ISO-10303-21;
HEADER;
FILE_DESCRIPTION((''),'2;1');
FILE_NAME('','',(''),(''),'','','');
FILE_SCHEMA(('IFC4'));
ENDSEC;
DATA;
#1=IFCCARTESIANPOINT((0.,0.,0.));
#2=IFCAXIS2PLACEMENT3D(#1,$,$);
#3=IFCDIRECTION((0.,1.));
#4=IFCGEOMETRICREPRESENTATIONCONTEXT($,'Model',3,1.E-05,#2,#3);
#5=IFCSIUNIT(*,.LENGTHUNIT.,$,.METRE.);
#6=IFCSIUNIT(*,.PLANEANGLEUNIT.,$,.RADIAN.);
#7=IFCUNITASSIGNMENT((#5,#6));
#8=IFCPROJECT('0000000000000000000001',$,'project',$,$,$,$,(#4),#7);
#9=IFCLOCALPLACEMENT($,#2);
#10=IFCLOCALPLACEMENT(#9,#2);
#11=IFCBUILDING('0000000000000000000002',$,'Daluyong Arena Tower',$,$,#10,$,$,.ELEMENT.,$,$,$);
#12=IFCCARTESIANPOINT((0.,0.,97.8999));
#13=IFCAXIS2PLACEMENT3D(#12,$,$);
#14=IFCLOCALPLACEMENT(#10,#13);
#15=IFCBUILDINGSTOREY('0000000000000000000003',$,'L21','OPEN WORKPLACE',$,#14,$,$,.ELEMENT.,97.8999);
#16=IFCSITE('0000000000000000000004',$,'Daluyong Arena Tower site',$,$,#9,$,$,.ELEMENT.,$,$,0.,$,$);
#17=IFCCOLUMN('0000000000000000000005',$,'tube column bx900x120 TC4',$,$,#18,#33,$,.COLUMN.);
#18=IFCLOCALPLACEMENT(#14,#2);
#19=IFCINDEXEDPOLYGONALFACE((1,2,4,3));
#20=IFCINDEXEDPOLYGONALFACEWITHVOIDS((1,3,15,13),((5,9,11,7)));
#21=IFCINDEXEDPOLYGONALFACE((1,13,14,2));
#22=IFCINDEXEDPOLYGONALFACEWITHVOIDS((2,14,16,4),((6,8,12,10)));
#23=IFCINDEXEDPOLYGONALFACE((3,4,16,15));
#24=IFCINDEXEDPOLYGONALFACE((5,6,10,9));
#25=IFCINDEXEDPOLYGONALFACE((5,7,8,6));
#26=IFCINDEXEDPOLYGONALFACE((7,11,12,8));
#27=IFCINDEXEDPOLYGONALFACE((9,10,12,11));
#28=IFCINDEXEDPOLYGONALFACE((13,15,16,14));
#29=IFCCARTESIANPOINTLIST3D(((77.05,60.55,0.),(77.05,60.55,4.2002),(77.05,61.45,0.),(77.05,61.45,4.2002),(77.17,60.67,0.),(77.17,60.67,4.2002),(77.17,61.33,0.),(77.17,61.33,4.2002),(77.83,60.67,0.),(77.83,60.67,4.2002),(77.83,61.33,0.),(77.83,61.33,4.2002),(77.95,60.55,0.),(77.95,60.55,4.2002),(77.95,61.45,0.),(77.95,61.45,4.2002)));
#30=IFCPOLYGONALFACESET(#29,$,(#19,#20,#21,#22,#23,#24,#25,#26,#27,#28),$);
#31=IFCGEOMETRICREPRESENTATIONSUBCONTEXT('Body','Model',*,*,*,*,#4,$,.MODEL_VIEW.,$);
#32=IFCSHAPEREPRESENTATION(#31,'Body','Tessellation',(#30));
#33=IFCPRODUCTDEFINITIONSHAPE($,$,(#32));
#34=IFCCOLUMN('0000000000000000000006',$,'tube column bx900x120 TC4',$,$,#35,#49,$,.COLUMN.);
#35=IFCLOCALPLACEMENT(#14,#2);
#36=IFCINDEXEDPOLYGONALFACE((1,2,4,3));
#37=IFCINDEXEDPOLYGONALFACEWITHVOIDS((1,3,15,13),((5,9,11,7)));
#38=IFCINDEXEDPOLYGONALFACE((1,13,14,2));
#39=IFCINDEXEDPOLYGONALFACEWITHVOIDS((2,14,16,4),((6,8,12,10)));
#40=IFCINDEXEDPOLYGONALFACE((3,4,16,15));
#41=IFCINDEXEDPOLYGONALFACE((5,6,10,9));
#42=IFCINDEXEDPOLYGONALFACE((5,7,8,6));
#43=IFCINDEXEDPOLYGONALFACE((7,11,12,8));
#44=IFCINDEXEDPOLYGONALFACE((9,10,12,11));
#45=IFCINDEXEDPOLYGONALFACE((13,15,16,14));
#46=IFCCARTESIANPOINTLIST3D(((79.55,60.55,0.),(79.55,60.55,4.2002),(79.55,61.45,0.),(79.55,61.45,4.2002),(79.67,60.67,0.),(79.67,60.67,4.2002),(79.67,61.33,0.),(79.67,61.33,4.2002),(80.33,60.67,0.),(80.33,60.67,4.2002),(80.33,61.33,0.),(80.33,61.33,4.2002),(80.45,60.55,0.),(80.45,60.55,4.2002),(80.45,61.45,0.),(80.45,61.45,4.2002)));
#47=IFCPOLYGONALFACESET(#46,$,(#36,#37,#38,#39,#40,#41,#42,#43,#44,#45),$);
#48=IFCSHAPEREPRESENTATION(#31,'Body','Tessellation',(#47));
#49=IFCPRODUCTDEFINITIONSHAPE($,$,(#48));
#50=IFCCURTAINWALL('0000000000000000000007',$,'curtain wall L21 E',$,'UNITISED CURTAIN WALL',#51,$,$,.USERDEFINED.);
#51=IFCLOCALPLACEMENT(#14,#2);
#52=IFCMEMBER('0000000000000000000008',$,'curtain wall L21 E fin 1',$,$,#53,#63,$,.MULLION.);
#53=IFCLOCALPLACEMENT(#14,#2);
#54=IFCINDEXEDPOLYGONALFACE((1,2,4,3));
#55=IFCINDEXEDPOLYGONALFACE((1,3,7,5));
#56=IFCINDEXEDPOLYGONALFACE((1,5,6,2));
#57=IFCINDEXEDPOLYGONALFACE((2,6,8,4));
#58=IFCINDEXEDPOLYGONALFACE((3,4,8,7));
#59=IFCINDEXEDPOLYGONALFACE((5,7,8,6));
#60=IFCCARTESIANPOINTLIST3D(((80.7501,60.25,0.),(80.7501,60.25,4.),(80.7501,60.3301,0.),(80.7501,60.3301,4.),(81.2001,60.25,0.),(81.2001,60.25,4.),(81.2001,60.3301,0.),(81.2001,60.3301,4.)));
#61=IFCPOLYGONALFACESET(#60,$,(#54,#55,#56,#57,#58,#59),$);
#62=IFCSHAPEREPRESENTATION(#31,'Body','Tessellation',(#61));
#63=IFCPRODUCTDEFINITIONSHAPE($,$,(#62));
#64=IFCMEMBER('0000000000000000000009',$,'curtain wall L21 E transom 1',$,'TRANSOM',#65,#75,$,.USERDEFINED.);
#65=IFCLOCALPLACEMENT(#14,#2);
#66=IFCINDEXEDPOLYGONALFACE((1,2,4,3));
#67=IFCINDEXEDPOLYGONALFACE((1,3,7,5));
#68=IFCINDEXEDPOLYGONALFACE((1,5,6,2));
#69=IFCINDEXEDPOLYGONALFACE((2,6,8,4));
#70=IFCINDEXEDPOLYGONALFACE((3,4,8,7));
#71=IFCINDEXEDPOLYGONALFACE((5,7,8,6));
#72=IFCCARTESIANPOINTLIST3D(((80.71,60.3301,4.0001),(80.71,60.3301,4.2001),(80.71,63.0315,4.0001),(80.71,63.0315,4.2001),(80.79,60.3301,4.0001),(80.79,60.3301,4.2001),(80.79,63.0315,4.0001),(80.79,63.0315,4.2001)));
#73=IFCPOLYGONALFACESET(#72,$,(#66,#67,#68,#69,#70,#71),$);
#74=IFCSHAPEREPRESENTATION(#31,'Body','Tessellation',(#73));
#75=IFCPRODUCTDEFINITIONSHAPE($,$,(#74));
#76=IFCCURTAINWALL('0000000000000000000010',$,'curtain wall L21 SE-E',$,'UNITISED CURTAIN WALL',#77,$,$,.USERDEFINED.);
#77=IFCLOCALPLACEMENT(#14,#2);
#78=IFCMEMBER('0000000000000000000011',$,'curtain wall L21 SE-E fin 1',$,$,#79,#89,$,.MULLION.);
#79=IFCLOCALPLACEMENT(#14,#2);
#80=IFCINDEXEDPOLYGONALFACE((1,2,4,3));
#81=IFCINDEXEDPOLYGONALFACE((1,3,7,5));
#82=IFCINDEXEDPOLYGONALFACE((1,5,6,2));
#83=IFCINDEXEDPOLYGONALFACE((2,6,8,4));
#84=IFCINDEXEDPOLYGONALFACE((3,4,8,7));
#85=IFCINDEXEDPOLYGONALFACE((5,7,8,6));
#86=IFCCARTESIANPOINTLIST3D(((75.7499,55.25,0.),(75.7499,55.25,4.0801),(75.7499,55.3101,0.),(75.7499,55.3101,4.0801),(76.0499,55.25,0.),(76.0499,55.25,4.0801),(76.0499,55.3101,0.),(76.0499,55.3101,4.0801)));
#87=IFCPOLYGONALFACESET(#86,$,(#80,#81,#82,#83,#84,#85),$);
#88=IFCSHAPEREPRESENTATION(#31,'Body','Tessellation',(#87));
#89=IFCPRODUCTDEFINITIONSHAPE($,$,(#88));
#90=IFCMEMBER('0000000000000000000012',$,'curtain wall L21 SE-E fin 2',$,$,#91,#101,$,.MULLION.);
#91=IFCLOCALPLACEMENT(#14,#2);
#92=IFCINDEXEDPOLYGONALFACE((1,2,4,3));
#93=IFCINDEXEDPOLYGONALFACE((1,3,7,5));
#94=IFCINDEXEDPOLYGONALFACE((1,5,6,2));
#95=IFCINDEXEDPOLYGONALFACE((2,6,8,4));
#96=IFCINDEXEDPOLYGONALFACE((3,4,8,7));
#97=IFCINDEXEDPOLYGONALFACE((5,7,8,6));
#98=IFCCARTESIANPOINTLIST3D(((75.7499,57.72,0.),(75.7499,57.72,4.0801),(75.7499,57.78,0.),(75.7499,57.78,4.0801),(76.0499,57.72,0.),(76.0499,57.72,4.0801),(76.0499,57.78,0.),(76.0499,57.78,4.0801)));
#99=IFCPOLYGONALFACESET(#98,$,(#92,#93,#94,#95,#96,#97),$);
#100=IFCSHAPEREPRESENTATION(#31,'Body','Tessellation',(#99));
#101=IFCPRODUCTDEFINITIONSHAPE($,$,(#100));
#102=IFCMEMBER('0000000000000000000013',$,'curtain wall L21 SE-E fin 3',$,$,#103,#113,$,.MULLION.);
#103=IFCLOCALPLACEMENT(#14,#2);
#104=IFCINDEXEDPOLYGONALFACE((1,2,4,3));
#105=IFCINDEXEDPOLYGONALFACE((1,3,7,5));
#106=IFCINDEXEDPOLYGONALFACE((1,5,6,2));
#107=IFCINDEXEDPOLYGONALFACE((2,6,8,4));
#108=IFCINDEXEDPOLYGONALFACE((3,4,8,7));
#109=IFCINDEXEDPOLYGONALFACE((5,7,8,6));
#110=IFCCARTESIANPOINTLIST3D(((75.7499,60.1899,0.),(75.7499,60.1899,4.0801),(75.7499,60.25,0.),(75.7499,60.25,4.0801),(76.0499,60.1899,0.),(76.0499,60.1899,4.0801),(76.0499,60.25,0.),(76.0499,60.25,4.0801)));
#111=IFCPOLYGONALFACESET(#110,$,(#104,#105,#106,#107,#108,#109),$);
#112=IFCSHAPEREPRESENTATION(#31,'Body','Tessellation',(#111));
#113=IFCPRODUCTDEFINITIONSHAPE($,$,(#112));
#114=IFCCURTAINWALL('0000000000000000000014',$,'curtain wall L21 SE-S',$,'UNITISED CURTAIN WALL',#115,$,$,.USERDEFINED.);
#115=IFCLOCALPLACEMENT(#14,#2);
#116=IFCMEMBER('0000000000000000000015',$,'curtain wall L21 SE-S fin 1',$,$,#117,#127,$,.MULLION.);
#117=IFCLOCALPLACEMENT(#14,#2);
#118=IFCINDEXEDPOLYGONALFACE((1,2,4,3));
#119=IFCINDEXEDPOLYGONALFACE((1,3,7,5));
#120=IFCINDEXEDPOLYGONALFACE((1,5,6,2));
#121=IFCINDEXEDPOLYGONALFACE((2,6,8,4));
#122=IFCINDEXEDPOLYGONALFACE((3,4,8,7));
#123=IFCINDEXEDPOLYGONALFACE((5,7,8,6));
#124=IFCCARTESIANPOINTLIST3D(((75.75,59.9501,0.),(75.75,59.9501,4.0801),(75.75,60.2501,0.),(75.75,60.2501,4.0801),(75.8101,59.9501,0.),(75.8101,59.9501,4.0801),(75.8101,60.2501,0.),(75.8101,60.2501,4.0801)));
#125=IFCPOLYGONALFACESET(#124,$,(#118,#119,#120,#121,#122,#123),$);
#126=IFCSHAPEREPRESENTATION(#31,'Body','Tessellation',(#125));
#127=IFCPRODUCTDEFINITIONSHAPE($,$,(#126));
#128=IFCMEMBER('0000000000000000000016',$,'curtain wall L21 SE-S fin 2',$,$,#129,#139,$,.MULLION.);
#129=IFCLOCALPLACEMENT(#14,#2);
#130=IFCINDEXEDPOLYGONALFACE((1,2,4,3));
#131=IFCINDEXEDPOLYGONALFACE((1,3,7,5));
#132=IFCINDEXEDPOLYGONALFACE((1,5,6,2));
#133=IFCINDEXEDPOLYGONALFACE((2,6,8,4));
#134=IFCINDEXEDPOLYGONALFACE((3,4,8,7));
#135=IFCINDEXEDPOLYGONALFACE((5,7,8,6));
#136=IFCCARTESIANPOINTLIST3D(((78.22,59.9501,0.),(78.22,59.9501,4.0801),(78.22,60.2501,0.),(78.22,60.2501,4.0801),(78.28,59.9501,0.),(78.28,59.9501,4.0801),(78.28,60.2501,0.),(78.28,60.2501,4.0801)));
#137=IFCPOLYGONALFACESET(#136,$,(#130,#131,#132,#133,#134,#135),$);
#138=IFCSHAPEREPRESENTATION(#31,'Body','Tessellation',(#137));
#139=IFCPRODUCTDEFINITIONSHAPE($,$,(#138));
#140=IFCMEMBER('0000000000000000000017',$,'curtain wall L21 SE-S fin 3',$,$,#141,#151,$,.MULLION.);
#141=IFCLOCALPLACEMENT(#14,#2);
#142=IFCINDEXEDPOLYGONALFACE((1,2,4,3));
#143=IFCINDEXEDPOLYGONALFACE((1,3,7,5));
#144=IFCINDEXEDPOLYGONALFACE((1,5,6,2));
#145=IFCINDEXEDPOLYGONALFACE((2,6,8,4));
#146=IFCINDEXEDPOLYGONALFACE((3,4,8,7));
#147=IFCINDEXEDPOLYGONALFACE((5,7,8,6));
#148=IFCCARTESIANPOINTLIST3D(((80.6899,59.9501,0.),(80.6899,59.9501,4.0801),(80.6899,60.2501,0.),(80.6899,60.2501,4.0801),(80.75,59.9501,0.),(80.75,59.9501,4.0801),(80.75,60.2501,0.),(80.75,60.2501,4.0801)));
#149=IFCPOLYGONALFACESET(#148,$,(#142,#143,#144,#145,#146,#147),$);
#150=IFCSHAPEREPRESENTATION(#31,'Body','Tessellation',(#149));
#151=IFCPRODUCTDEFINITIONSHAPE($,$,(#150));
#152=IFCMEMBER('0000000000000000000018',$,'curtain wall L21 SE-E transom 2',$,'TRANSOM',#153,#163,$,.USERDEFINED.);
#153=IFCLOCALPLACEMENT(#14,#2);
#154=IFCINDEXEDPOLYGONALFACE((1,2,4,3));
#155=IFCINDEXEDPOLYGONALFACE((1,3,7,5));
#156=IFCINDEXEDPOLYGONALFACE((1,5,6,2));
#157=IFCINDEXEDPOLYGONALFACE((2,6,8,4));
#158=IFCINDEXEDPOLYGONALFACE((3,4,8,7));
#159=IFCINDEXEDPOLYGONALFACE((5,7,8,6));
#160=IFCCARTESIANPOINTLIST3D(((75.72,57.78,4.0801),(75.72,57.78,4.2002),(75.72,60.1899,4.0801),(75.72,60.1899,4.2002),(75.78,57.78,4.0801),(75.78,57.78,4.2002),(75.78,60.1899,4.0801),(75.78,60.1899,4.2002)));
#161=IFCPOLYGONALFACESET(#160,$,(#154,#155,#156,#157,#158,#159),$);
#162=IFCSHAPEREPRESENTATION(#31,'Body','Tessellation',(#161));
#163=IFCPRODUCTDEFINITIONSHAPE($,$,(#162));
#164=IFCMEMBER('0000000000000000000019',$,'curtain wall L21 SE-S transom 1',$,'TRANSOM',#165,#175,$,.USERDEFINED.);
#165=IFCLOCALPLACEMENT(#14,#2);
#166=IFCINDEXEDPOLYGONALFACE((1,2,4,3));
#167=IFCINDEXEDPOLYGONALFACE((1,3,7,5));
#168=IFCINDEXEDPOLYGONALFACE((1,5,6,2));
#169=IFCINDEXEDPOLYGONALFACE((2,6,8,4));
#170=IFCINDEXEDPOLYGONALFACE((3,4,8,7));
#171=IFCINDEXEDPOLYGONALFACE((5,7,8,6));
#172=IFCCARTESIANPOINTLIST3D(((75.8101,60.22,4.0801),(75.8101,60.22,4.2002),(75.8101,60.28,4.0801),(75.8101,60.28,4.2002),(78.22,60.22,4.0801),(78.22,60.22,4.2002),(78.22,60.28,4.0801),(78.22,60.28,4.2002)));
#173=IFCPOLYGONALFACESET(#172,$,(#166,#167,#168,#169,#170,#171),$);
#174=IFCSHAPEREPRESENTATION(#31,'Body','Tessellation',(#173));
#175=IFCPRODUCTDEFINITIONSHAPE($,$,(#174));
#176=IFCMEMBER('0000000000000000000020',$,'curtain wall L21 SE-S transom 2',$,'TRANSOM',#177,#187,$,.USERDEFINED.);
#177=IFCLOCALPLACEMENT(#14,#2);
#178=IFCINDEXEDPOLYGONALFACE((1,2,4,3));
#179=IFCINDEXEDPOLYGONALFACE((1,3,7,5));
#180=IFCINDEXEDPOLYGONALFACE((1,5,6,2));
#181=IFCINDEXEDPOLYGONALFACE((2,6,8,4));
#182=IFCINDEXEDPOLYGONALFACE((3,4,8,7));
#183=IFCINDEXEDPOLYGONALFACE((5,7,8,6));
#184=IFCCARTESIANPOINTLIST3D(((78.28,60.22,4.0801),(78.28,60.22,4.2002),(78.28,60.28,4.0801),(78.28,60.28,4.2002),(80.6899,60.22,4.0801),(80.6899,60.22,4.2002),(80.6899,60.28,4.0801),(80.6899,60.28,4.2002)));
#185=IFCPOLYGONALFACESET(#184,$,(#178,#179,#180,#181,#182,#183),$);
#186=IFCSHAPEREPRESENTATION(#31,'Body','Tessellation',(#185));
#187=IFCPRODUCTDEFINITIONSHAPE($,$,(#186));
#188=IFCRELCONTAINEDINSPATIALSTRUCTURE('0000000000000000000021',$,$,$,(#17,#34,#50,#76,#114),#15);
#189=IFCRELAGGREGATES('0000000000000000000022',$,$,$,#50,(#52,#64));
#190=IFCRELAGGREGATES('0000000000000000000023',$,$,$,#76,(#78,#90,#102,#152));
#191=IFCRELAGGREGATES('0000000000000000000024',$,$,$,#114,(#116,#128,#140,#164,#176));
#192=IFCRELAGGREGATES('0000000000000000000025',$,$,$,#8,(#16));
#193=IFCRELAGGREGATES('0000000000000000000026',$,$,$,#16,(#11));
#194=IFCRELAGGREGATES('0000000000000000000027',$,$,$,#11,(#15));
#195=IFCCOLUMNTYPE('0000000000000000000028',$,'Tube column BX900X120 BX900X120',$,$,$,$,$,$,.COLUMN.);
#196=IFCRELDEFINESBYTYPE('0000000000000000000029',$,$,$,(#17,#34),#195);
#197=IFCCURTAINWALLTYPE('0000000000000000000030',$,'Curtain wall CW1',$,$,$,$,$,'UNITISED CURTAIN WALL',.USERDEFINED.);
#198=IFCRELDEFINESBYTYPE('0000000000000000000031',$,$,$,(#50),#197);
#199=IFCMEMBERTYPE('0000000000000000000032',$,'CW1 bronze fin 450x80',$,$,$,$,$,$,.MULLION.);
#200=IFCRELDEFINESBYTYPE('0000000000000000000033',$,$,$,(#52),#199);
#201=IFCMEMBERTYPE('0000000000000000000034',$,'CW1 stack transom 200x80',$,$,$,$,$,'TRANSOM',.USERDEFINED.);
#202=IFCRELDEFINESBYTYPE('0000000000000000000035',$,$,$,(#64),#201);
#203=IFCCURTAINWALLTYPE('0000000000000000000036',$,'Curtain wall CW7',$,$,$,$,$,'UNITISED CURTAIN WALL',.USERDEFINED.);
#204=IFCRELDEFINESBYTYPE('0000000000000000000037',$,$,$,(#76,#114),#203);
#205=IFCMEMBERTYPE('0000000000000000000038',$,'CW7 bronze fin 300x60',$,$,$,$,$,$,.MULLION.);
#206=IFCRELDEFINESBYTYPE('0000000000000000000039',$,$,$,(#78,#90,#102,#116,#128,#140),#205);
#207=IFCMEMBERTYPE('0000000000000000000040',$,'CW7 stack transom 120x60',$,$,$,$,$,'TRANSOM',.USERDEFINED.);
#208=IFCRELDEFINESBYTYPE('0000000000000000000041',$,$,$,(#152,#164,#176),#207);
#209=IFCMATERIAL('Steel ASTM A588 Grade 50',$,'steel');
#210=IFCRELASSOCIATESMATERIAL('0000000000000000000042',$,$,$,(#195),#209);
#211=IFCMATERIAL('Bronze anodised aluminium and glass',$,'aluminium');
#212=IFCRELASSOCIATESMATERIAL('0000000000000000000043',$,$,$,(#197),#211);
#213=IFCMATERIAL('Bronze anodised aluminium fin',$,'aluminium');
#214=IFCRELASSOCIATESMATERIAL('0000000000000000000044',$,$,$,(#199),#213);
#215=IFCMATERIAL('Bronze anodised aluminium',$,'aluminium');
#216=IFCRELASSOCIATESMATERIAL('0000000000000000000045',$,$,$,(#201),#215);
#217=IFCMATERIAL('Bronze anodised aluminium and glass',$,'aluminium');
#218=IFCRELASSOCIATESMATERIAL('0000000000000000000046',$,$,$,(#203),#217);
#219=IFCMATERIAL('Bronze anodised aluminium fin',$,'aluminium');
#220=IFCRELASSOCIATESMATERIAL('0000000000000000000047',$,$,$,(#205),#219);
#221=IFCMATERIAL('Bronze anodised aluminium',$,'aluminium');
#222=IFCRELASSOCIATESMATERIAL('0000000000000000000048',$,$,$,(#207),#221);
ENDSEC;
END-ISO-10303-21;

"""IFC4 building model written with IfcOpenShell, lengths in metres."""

from ifc_helpers import new_model, si_unit, direction, frame, origin, origin_2d, place, context, subcontext, project, spatial, rectangle, hollow_rectangle, extrude, material, material_profile, profile_set, type_object, element, aggregate, save


model = new_model("IFC4")

# Units and contexts
model_context = context("Model", 3, precision=1e-05, world=origin(), true_north=direction((0.0, 1.0)))
body_context = subcontext(model_context, "Body", "Model", "MODEL_VIEW")
ifc_project = project(units=[si_unit("LENGTHUNIT", "METRE"), si_unit("PLANEANGLEUNIT", "RADIAN")], contexts=[model_context])

# Site, building, storey
site_placement = place(None, origin())
site = spatial("IfcSite", under=ifc_project, at=site_placement, Name="Daluyong Arena Tower site", CompositionType="ELEMENT", RefElevation=0.0)
building_placement = place(site_placement, origin())
building = spatial("IfcBuilding", under=site, at=building_placement, Name="Daluyong Arena Tower", CompositionType="ELEMENT")
storey_placement = place(building_placement, frame((0.0, 0.0, 97.8999)))
storey = spatial("IfcBuildingStorey", under=building, at=storey_placement, Name="L21", Description="OPEN WORKPLACE", CompositionType="ELEMENT", Elevation=97.8999)

# Columns
ifc_material_1 = material(Name="Steel ASTM A588 Grade 50", Category="steel")
ifc_material_profile_1 = material_profile(ifc_material_1, hollow_rectangle(XDim=0.8999, YDim=0.8999, WallThickness=0.12, at=origin_2d()))
ifc_profile_set_1 = profile_set([ifc_material_profile_1], Name="Steel ASTM A588 Grade 50")
column_type = type_object("IfcColumnType", Name="Tube column BX900X120 BX900X120", PredefinedType="COLUMN", material=ifc_profile_set_1)
for number, where, z_axis, x_axis, name in (
    (1, (77.5, 61.0, 0.0), (0.0, 0.0, 1.0), (1.0, 0.0, 0.0), "tube column bx900x120 TC4"),
    (2, (80.0, 61.0, 0.0), (0.0, 0.0, 1.0), (0.0, 1.0, 0.0), "tube column bx900x120 TC4"),
):
    element("IfcColumn", number, at=place(storey_placement, frame(where, z_axis=z_axis, x_axis=x_axis)), inside=storey, type_object=column_type, Name=name, PredefinedType="COLUMN", context=body_context, shape_type="SweptSolid", body=[
        extrude(hollow_rectangle(XDim=0.8999, YDim=0.8999, WallThickness=0.12, at=origin_2d()), origin(), (0.0, 0.0, 1.0), 4.2002),
    ])

# Curtain walls, members
ifc_material_2 = material(Name="Bronze anodised aluminium and glass", Category="aluminium")
curtain_wall_type_1 = type_object("IfcCurtainWallType", Name="Curtain wall CW1", ElementType="UNITISED CURTAIN WALL", PredefinedType="USERDEFINED", material=ifc_material_2)
curtain_wall_1_placement = place(storey_placement, origin())
curtain_wall_1 = element("IfcCurtainWall", 3, at=curtain_wall_1_placement, inside=storey, type_object=curtain_wall_type_1, Name="curtain wall L21 E", ObjectType="UNITISED CURTAIN WALL", PredefinedType="USERDEFINED")
ifc_material_3 = material(Name="Bronze anodised aluminium fin", Category="aluminium")
ifc_material_profile_2 = material_profile(ifc_material_3, rectangle(XDim=0.45, YDim=0.0801, at=origin_2d()))
ifc_profile_set_2 = profile_set([ifc_material_profile_2], Name="Bronze anodised aluminium fin")
member_type_1 = type_object("IfcMemberType", Name="CW1 bronze fin 450x80", PredefinedType="MULLION", material=ifc_profile_set_2)
member_1_placement = place(storey_placement, frame((80.9751, 60.29, 0.0), z_axis=(0.0, 0.0, 1.0), x_axis=(-1.0, 0.0, 0.0)))
member_1 = element("IfcMember", 4, at=member_1_placement, type_object=member_type_1, Name="curtain wall L21 E fin 1", PredefinedType="MULLION", context=body_context, shape_type="SweptSolid", body=[
    extrude(rectangle(XDim=0.45, YDim=0.0801, at=origin_2d()), origin(), (0.0, 0.0, 1.0), 4.0),
])
ifc_material_4 = material(Name="Bronze anodised aluminium", Category="aluminium")
ifc_material_profile_3 = material_profile(ifc_material_4, rectangle(XDim=0.0801, YDim=0.2, at=origin_2d()))
ifc_profile_set_3 = profile_set([ifc_material_profile_3], Name="Bronze anodised aluminium")
member_type_2 = type_object("IfcMemberType", Name="CW1 stack transom 200x80", ElementType="TRANSOM", PredefinedType="USERDEFINED", material=ifc_profile_set_3)
member_2_placement = place(storey_placement, frame((80.75, 60.3301, 4.1001), z_axis=(0.0, 1.0, 0.0), x_axis=(-1.0, 0.0, 0.0)))
member_2 = element("IfcMember", 5, at=member_2_placement, type_object=member_type_2, Name="curtain wall L21 E transom 1", ObjectType="TRANSOM", PredefinedType="USERDEFINED", context=body_context, shape_type="SweptSolid", body=[
    extrude(rectangle(XDim=0.0801, YDim=0.2, at=origin_2d()), origin(), (0.0, 0.0, 1.0), 2.7014),
])
aggregate(curtain_wall_1, [member_1, member_2])
ifc_material_5 = material(Name="Bronze anodised aluminium and glass", Category="aluminium")
curtain_wall_type_2 = type_object("IfcCurtainWallType", Name="Curtain wall CW7", ElementType="UNITISED CURTAIN WALL", PredefinedType="USERDEFINED", material=ifc_material_5)
curtain_wall_2_placement = place(storey_placement, origin())
curtain_wall_2 = element("IfcCurtainWall", 6, at=curtain_wall_2_placement, inside=storey, type_object=curtain_wall_type_2, Name="curtain wall L21 SE-E", ObjectType="UNITISED CURTAIN WALL", PredefinedType="USERDEFINED")
ifc_material_6 = material(Name="Bronze anodised aluminium fin", Category="aluminium")
ifc_material_profile_4 = material_profile(ifc_material_6, rectangle(XDim=0.3, YDim=0.0601, at=origin_2d()))
ifc_profile_set_4 = profile_set([ifc_material_profile_4], Name="Bronze anodised aluminium fin")
member_type_3 = type_object("IfcMemberType", Name="CW7 bronze fin 300x60", PredefinedType="MULLION", material=ifc_profile_set_4)
member_3_placement = place(storey_placement, frame((75.8999, 55.28, 0.0), z_axis=(0.0, 0.0, 1.0), x_axis=(-1.0, 0.0, 0.0)))
member_3 = element("IfcMember", 7, at=member_3_placement, type_object=member_type_3, Name="curtain wall L21 SE-E fin 1", PredefinedType="MULLION", context=body_context, shape_type="SweptSolid", body=[
    extrude(rectangle(XDim=0.3, YDim=0.0601, at=origin_2d()), origin(), (0.0, 0.0, 1.0), 4.0801),
])
member_4_placement = place(storey_placement, frame((75.8999, 57.75, 0.0), z_axis=(0.0, 0.0, 1.0), x_axis=(-1.0, 0.0, 0.0)))
member_4 = element("IfcMember", 8, at=member_4_placement, type_object=member_type_3, Name="curtain wall L21 SE-E fin 2", PredefinedType="MULLION", context=body_context, shape_type="SweptSolid", body=[
    extrude(rectangle(XDim=0.3, YDim=0.0601, at=origin_2d()), origin(), (0.0, 0.0, 1.0), 4.0801),
])
member_5_placement = place(storey_placement, frame((75.8999, 60.22, 0.0), z_axis=(0.0, 0.0, 1.0), x_axis=(-1.0, 0.0, 0.0)))
member_5 = element("IfcMember", 9, at=member_5_placement, type_object=member_type_3, Name="curtain wall L21 SE-E fin 3", PredefinedType="MULLION", context=body_context, shape_type="SweptSolid", body=[
    extrude(rectangle(XDim=0.3, YDim=0.0601, at=origin_2d()), origin(), (0.0, 0.0, 1.0), 4.0801),
])
curtain_wall_3_placement = place(storey_placement, origin())
curtain_wall_3 = element("IfcCurtainWall", 10, at=curtain_wall_3_placement, inside=storey, type_object=curtain_wall_type_2, Name="curtain wall L21 SE-S", ObjectType="UNITISED CURTAIN WALL", PredefinedType="USERDEFINED")
member_6_placement = place(storey_placement, frame((75.78, 60.1001, 0.0), z_axis=(0.0, 0.0, 1.0), x_axis=(0.0, 1.0, 0.0)))
member_6 = element("IfcMember", 11, at=member_6_placement, type_object=member_type_3, Name="curtain wall L21 SE-S fin 1", PredefinedType="MULLION", context=body_context, shape_type="SweptSolid", body=[
    extrude(rectangle(XDim=0.3, YDim=0.0601, at=origin_2d()), origin(), (0.0, 0.0, 1.0), 4.0801),
])
member_7_placement = place(storey_placement, frame((78.25, 60.1001, 0.0), z_axis=(0.0, 0.0, 1.0), x_axis=(0.0, 1.0, 0.0)))
member_7 = element("IfcMember", 12, at=member_7_placement, type_object=member_type_3, Name="curtain wall L21 SE-S fin 2", PredefinedType="MULLION", context=body_context, shape_type="SweptSolid", body=[
    extrude(rectangle(XDim=0.3, YDim=0.0601, at=origin_2d()), origin(), (0.0, 0.0, 1.0), 4.0801),
])
member_8_placement = place(storey_placement, frame((80.72, 60.1001, 0.0), z_axis=(0.0, 0.0, 1.0), x_axis=(0.0, 1.0, 0.0)))
member_8 = element("IfcMember", 13, at=member_8_placement, type_object=member_type_3, Name="curtain wall L21 SE-S fin 3", PredefinedType="MULLION", context=body_context, shape_type="SweptSolid", body=[
    extrude(rectangle(XDim=0.3, YDim=0.0601, at=origin_2d()), origin(), (0.0, 0.0, 1.0), 4.0801),
])

# Members
ifc_material_7 = material(Name="Bronze anodised aluminium", Category="aluminium")
ifc_material_profile_5 = material_profile(ifc_material_7, rectangle(XDim=0.0601, YDim=0.1201, at=origin_2d()))
ifc_profile_set_5 = profile_set([ifc_material_profile_5], Name="Bronze anodised aluminium")
member_type_4 = type_object("IfcMemberType", Name="CW7 stack transom 120x60", ElementType="TRANSOM", PredefinedType="USERDEFINED", material=ifc_profile_set_5)
member_9_placement = place(storey_placement, frame((75.75, 57.78, 4.1401), z_axis=(0.0, 1.0, 0.0), x_axis=(-1.0, 0.0, 0.0)))
member_9 = element("IfcMember", 14, at=member_9_placement, type_object=member_type_4, Name="curtain wall L21 SE-E transom 2", ObjectType="TRANSOM", PredefinedType="USERDEFINED", context=body_context, shape_type="SweptSolid", body=[
    extrude(rectangle(XDim=0.0601, YDim=0.1201, at=origin_2d()), origin(), (0.0, 0.0, 1.0), 2.4099),
])
member_10_placement = place(storey_placement, frame((75.8101, 60.25, 4.1401), z_axis=(1.0, 0.0, 0.0), x_axis=(0.0, 1.0, 0.0)))
member_10 = element("IfcMember", 15, at=member_10_placement, type_object=member_type_4, Name="curtain wall L21 SE-S transom 1", ObjectType="TRANSOM", PredefinedType="USERDEFINED", context=body_context, shape_type="SweptSolid", body=[
    extrude(rectangle(XDim=0.0601, YDim=0.1201, at=origin_2d()), origin(), (0.0, 0.0, 1.0), 2.4099),
])
member_11_placement = place(storey_placement, frame((78.28, 60.25, 4.1401), z_axis=(1.0, 0.0, 0.0), x_axis=(0.0, 1.0, 0.0)))
member_11 = element("IfcMember", 16, at=member_11_placement, type_object=member_type_4, Name="curtain wall L21 SE-S transom 2", ObjectType="TRANSOM", PredefinedType="USERDEFINED", context=body_context, shape_type="SweptSolid", body=[
    extrude(rectangle(XDim=0.0601, YDim=0.1201, at=origin_2d()), origin(), (0.0, 0.0, 1.0), 2.4099),
])

aggregate(curtain_wall_2, [member_3, member_4, member_5, member_9])
aggregate(curtain_wall_3, [member_6, member_7, member_8, member_10, member_11])

save(model, "model.ifc")
